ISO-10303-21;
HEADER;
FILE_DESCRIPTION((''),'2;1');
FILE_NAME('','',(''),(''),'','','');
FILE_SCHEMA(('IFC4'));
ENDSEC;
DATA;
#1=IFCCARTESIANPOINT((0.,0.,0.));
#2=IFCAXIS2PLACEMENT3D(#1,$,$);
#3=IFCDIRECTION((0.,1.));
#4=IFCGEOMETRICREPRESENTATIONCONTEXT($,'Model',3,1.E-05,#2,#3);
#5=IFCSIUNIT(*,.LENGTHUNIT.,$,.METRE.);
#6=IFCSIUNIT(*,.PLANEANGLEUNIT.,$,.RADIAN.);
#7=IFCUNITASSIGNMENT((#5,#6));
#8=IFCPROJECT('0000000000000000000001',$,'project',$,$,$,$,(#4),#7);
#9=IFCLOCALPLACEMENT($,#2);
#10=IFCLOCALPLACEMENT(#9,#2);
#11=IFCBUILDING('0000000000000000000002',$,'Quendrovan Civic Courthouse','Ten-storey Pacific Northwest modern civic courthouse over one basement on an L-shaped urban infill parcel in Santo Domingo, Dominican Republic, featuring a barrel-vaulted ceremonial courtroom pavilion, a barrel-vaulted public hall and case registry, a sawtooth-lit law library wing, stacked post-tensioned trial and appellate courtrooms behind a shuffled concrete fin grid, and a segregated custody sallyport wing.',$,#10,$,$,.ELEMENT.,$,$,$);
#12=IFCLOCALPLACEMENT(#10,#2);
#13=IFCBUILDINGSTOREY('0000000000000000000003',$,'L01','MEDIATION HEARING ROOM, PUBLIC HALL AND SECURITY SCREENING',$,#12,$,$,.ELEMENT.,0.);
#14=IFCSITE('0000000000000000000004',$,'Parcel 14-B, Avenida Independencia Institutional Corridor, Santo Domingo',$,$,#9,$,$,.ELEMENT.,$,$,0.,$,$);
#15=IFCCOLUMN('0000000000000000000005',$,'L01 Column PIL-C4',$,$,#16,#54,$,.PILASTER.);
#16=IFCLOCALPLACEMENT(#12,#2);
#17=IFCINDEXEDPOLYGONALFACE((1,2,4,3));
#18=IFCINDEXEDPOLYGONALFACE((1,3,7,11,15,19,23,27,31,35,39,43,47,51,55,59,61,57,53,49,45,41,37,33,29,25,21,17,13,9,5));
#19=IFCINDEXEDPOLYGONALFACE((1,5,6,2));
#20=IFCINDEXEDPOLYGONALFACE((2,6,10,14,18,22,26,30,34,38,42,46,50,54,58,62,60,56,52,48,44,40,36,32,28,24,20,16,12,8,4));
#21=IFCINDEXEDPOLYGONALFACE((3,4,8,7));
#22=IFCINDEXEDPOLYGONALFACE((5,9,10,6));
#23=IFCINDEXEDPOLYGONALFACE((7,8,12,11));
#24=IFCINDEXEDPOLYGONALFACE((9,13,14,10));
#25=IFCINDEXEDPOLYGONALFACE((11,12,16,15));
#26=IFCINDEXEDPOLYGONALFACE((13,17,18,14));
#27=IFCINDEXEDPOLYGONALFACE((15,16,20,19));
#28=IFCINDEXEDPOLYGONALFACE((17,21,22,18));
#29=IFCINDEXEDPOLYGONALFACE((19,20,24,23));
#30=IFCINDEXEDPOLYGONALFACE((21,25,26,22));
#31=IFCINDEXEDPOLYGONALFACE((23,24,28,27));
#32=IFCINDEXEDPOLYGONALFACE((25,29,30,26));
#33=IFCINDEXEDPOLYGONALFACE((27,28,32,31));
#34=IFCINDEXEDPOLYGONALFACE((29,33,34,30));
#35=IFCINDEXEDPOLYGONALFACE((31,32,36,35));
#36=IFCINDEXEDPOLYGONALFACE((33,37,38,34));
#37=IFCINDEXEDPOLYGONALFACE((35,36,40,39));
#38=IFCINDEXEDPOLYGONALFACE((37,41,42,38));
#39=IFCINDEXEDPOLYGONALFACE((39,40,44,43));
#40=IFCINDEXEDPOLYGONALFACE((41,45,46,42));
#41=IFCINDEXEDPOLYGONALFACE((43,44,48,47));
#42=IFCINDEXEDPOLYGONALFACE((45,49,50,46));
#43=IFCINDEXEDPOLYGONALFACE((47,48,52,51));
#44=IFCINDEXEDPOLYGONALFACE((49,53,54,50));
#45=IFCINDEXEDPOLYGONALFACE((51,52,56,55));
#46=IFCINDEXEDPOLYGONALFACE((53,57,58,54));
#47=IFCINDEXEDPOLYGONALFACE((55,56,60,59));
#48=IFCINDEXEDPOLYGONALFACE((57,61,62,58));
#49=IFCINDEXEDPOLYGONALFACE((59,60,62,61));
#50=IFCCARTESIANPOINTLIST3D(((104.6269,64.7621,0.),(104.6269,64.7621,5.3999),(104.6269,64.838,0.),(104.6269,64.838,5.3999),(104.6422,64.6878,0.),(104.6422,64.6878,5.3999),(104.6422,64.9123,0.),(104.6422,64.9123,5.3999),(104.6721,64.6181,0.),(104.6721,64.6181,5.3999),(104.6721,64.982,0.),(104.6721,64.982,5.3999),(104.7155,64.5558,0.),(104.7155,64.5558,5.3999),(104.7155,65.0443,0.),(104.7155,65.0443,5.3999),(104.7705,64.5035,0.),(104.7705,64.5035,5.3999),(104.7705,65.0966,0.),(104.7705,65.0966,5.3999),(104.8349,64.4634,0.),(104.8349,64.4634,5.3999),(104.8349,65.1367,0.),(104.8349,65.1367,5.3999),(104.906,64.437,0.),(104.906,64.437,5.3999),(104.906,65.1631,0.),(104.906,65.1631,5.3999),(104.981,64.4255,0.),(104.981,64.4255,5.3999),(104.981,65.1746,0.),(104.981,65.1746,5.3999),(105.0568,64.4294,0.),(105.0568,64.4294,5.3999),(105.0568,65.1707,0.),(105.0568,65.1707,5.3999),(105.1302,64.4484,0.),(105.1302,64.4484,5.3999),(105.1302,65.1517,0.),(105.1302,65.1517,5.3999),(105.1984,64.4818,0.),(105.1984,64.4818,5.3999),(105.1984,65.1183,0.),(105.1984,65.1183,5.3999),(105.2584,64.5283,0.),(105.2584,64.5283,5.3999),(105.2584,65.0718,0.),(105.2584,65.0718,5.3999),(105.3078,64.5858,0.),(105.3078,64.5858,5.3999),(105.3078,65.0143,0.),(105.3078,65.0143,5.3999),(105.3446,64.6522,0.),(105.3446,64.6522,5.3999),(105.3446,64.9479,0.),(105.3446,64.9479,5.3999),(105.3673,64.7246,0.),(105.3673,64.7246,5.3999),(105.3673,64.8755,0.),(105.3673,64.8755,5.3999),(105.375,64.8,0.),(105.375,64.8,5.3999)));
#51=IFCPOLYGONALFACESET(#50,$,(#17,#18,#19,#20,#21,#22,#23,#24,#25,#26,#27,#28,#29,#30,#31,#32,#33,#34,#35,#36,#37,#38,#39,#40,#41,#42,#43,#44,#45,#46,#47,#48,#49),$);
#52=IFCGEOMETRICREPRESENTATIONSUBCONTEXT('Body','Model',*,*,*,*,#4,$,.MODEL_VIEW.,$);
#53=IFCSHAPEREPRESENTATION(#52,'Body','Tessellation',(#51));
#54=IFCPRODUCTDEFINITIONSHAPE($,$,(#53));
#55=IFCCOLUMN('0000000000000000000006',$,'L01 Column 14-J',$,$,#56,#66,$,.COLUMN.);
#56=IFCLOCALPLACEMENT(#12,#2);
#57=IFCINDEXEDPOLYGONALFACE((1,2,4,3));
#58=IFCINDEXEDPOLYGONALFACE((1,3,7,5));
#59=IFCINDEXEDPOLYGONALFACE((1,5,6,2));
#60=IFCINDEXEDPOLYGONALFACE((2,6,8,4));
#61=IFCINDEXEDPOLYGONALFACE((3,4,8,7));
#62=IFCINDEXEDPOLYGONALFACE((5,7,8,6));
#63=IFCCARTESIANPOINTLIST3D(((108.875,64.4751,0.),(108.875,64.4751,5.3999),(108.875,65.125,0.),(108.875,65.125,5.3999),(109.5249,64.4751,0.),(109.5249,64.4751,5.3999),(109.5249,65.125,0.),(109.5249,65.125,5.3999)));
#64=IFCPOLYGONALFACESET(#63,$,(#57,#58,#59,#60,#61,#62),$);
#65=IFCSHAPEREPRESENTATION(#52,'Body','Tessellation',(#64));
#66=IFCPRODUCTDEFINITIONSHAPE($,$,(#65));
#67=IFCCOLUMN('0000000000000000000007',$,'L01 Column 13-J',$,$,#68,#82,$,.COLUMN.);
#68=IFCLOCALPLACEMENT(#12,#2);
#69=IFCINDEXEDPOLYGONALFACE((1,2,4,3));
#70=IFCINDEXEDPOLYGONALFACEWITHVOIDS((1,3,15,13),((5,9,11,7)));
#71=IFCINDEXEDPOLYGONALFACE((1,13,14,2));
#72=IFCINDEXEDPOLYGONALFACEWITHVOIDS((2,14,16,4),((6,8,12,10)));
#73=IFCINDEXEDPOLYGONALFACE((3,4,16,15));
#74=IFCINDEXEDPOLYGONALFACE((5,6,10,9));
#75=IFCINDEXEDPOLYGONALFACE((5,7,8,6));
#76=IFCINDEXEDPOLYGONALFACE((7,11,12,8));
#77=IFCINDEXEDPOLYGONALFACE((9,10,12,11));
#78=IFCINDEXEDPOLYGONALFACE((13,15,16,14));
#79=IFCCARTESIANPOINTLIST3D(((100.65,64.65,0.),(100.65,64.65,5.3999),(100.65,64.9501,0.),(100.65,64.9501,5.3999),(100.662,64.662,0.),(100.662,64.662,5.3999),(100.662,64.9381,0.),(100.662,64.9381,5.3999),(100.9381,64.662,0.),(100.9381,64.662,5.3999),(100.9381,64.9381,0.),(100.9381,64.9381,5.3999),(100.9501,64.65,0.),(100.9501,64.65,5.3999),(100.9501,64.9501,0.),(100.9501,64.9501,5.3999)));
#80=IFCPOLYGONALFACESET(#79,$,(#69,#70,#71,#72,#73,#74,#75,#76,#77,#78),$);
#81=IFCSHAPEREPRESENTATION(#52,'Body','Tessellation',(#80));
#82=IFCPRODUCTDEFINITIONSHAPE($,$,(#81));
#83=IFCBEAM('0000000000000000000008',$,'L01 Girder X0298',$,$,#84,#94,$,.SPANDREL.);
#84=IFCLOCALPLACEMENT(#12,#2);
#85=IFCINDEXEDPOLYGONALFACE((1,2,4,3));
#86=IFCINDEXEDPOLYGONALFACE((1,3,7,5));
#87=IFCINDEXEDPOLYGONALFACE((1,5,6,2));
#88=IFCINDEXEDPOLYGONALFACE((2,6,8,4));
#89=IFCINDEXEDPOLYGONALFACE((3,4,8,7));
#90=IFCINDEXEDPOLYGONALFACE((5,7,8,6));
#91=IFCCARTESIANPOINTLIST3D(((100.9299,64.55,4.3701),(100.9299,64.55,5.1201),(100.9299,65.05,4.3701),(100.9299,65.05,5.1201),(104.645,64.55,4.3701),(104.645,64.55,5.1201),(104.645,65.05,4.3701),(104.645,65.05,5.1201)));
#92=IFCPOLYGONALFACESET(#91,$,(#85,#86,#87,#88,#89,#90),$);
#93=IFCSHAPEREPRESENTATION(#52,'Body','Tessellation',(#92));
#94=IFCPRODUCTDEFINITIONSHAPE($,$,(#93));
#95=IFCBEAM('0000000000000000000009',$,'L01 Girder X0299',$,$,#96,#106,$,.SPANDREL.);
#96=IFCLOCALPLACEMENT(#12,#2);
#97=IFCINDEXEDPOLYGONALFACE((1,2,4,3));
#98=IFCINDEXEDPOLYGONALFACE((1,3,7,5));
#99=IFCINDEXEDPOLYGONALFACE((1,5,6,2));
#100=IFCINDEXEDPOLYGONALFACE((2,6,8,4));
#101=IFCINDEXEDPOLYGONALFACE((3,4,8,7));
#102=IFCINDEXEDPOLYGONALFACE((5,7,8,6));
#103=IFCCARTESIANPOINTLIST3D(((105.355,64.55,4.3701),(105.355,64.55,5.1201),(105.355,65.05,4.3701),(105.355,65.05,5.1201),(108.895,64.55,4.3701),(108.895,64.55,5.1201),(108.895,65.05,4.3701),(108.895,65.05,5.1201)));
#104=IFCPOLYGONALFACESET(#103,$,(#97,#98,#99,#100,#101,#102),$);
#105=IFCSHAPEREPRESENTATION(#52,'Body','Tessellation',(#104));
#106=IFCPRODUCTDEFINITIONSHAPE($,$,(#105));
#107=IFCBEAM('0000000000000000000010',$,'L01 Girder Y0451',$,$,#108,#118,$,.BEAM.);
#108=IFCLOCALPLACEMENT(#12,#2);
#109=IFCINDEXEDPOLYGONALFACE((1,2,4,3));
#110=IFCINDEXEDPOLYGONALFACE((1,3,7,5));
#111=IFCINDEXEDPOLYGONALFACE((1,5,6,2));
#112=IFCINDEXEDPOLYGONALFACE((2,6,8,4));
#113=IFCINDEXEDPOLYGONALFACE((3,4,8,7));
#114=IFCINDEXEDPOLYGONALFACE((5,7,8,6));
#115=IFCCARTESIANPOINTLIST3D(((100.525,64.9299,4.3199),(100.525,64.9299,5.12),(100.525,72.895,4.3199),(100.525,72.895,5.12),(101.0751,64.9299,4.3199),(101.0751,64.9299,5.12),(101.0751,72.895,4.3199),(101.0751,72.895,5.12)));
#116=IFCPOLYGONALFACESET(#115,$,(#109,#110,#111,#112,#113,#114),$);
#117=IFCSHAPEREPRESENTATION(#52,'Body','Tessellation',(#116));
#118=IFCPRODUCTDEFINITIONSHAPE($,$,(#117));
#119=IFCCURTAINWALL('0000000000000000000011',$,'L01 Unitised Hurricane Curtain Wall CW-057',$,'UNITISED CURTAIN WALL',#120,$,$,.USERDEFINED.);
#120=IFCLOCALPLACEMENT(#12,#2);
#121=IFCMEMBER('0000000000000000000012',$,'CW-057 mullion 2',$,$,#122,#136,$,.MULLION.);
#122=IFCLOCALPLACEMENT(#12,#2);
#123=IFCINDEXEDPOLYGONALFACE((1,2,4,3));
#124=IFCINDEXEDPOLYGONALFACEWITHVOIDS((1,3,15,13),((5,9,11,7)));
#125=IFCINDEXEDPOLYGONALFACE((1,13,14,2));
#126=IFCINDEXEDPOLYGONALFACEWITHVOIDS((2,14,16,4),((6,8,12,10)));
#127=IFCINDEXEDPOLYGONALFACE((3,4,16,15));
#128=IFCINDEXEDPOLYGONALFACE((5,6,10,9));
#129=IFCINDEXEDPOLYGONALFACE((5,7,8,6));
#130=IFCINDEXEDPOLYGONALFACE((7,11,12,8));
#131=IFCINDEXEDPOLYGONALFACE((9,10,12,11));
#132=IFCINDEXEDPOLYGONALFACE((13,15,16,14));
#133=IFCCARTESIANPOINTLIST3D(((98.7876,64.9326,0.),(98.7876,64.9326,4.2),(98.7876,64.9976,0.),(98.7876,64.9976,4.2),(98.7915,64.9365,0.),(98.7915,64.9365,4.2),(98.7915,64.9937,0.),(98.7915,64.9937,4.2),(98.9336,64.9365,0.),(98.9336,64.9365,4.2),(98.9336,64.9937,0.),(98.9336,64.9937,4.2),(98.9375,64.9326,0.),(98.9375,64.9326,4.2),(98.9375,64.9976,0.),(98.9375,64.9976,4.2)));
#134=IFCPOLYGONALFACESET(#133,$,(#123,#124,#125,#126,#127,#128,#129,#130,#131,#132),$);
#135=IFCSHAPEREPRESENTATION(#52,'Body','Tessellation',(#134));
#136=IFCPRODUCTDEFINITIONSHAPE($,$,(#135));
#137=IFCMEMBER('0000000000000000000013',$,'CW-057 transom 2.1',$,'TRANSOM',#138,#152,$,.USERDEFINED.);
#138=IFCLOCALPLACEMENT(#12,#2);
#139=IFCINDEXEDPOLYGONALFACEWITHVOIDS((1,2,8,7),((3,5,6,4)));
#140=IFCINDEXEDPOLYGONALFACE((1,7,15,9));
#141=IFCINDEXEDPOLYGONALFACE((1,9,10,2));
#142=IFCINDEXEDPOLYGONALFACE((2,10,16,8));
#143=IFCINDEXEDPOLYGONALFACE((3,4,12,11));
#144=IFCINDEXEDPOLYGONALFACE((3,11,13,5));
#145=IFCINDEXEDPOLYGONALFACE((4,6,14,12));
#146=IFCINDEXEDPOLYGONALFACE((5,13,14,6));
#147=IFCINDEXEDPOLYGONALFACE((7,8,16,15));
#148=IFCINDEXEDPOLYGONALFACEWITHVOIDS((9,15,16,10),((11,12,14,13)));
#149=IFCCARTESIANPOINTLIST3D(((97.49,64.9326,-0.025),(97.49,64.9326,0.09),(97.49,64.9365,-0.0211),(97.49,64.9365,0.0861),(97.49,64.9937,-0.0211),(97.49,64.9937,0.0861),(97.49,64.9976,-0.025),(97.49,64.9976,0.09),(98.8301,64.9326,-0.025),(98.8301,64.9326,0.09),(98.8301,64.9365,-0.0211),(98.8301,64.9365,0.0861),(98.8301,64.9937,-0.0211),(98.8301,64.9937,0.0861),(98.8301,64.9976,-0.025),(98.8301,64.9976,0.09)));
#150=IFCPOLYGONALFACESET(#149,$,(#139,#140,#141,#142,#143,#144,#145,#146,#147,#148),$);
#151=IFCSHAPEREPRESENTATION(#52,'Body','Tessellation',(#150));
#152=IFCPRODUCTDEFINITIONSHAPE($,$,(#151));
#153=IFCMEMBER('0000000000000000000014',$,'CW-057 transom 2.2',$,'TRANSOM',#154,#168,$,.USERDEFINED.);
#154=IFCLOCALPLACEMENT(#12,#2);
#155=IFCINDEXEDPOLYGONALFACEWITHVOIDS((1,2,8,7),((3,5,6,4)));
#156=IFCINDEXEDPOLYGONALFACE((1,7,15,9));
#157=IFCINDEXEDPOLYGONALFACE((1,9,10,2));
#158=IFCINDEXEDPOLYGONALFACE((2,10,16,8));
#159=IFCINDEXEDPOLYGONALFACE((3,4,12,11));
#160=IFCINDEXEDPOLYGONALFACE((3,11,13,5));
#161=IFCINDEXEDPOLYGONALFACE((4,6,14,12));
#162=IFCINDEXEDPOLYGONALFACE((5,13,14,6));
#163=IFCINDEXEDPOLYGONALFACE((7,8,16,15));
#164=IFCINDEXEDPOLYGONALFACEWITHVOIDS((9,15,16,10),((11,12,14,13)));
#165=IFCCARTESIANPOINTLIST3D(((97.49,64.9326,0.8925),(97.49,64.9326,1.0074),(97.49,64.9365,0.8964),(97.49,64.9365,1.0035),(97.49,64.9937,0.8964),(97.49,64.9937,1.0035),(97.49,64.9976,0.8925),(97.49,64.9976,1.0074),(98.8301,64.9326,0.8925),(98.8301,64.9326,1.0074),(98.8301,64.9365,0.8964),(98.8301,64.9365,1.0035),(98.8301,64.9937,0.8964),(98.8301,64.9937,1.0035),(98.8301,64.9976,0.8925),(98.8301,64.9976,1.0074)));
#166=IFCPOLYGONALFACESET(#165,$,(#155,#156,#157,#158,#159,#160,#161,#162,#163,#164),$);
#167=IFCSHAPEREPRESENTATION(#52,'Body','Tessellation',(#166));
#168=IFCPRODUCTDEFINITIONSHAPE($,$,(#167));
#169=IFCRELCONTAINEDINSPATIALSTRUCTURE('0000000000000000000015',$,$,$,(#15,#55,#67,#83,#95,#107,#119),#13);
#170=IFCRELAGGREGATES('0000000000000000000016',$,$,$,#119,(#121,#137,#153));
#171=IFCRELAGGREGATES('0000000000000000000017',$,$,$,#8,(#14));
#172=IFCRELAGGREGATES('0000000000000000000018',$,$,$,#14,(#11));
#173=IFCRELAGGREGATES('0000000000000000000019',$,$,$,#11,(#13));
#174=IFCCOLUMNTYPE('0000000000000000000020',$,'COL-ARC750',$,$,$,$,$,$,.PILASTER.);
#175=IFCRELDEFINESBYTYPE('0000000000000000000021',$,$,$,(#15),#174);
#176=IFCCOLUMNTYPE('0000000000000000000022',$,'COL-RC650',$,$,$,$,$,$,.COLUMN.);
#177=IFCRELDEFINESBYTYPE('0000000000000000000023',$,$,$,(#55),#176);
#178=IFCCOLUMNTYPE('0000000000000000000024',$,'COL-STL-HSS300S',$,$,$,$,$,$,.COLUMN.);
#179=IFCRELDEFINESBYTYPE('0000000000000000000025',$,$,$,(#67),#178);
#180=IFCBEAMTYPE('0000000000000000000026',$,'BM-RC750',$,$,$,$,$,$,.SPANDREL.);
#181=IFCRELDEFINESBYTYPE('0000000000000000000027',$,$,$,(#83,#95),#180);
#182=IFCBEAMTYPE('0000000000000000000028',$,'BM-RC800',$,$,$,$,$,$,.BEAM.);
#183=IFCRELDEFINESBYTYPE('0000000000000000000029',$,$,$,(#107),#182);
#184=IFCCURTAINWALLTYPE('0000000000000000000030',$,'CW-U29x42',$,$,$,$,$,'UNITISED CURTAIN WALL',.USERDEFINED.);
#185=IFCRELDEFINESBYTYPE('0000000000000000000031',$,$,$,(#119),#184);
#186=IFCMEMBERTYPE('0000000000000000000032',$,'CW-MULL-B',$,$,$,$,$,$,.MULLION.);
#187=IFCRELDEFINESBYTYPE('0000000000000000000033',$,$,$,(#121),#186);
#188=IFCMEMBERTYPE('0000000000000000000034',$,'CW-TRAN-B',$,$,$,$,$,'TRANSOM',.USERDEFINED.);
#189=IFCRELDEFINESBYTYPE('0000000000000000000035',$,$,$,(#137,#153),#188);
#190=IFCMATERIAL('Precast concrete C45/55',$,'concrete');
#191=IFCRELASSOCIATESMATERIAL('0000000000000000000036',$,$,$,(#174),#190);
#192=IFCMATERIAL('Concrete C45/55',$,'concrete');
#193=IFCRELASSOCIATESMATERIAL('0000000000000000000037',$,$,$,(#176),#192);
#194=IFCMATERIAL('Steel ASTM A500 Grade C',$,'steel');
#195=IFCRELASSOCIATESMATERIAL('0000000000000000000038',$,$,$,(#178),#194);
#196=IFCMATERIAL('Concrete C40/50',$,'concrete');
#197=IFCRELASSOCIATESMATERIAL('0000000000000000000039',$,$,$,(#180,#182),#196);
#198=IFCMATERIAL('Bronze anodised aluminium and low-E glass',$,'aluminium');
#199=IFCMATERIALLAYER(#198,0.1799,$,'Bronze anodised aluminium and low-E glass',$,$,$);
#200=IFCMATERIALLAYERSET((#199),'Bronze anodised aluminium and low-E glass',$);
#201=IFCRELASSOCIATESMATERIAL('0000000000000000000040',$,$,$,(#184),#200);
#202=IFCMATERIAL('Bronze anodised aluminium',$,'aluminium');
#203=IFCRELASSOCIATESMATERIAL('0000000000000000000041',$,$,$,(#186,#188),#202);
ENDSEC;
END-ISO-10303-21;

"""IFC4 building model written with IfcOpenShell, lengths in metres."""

from ifc_helpers import new_model, si_unit, direction, frame, origin, origin_2d, place, context, subcontext, project, spatial, rectangle, hollow_rectangle, circle, extrude, material, layer, layer_set, material_profile, profile_set, type_object, element, aggregate, save


model = new_model("IFC4")

# Units and contexts
model_context = context("Model", 3, precision=1e-05, world=origin(), true_north=direction((0.0, 1.0)))
body_context = subcontext(model_context, "Body", "Model", "MODEL_VIEW")
ifc_project = project(units=[si_unit("LENGTHUNIT", "METRE"), si_unit("PLANEANGLEUNIT", "RADIAN")], contexts=[model_context])

# Site, building, storey
site_placement = place(None, origin())
site = spatial("IfcSite", under=ifc_project, at=site_placement, Name="Parcel 14-B, Avenida Independencia Institutional Corridor, Santo Domingo", CompositionType="ELEMENT", RefElevation=0.0)
building_placement = place(site_placement, origin())
building = spatial("IfcBuilding", under=site, at=building_placement, Name="Quendrovan Civic Courthouse", Description="Ten-storey Pacific Northwest modern civic courthouse over one basement on an L-shaped urban infill parcel in Santo Domingo, Dominican Republic, featuring a barrel-vaulted ceremonial courtroom pavilion, a barrel-vaulted public hall and case registry, a sawtooth-lit law library wing, stacked post-tensioned trial and appellate courtrooms behind a shuffled concrete fin grid, and a segregated custody sallyport wing.", CompositionType="ELEMENT")
storey_placement = place(building_placement, origin())
storey = spatial("IfcBuildingStorey", under=building, at=storey_placement, Name="L01", Description="MEDIATION HEARING ROOM, PUBLIC HALL AND SECURITY SCREENING", CompositionType="ELEMENT", Elevation=0.0)

# Columns
ifc_material_1 = material(Name="Precast concrete C45/55", Category="concrete")
ifc_material_profile_1 = material_profile(ifc_material_1, circle(Radius=0.375, at=origin_2d()), Name="RC-ARCADE-D750")
ifc_profile_set_1 = profile_set([ifc_material_profile_1], Name="Precast concrete C45/55")
column_type_1 = type_object("IfcColumnType", Name="COL-ARC750", PredefinedType="PILASTER", material=ifc_profile_set_1)
column_1_placement = place(storey_placement, frame((105.0, 64.8, 0.0), z_axis=(0.0, 0.0, 1.0), x_axis=(1.0, 0.0, 0.0)))
element("IfcColumn", 1, at=column_1_placement, inside=storey, type_object=column_type_1, Name="L01 Column PIL-C4", PredefinedType="PILASTER", context=body_context, shape_type="SweptSolid", body=[
    extrude(circle(Radius=0.375, at=origin_2d()), origin(), (0.0, 0.0, 1.0), 5.3999),
])
ifc_material_2 = material(Name="Concrete C45/55", Category="concrete")
ifc_material_profile_2 = material_profile(ifc_material_2, rectangle(XDim=0.6499, YDim=0.6499, at=origin_2d()), Name="RC-COL-650x650")
ifc_profile_set_2 = profile_set([ifc_material_profile_2], Name="Concrete C45/55")
column_type_2 = type_object("IfcColumnType", Name="COL-RC650", PredefinedType="COLUMN", material=ifc_profile_set_2)
column_2_placement = place(storey_placement, frame((109.2, 64.8, 0.0), z_axis=(0.0, 0.0, 1.0), x_axis=(1.0, 0.0, 0.0)))
element("IfcColumn", 2, at=column_2_placement, inside=storey, type_object=column_type_2, Name="L01 Column 14-J", PredefinedType="COLUMN", context=body_context, shape_type="SweptSolid", body=[
    extrude(rectangle(XDim=0.6499, YDim=0.6499, at=origin_2d()), origin(), (0.0, 0.0, 1.0), 5.3999),
])
ifc_material_3 = material(Name="Steel ASTM A500 Grade C", Category="steel")
ifc_material_profile_3 = material_profile(ifc_material_3, hollow_rectangle(XDim=0.3, YDim=0.3, WallThickness=0.012, at=origin_2d()), Name="HSS300x300x12")
ifc_profile_set_3 = profile_set([ifc_material_profile_3], Name="Steel ASTM A500 Grade C")
column_type_3 = type_object("IfcColumnType", Name="COL-STL-HSS300S", PredefinedType="COLUMN", material=ifc_profile_set_3)
column_3_placement = place(storey_placement, frame((100.8, 64.8, 0.0), z_axis=(0.0, 0.0, 1.0), x_axis=(1.0, 0.0, 0.0)))
element("IfcColumn", 3, at=column_3_placement, inside=storey, type_object=column_type_3, Name="L01 Column 13-J", PredefinedType="COLUMN", context=body_context, shape_type="SweptSolid", body=[
    extrude(hollow_rectangle(XDim=0.3, YDim=0.3, WallThickness=0.012, at=origin_2d()), origin(), (0.0, 0.0, 1.0), 5.3999),
])

# Beams
ifc_material_4 = material(Name="Concrete C40/50", Category="concrete")
ifc_material_profile_4 = material_profile(ifc_material_4, rectangle(XDim=0.5, YDim=0.75, at=origin_2d()), Name="RC-BM-500x750")
ifc_profile_set_4 = profile_set([ifc_material_profile_4], Name="Concrete C40/50")
beam_type_1 = type_object("IfcBeamType", Name="BM-RC750", PredefinedType="SPANDREL", material=ifc_profile_set_4)
beam_1_placement = place(storey_placement, frame((100.9299, 64.8, 4.7451), z_axis=(1.0, 0.0, 0.0), x_axis=(0.0, 1.0, 0.0)))
element("IfcBeam", 4, at=beam_1_placement, inside=storey, type_object=beam_type_1, Name="L01 Girder X0298", PredefinedType="SPANDREL", context=body_context, shape_type="SweptSolid", body=[
    extrude(rectangle(XDim=0.5, YDim=0.75, at=origin_2d()), origin(), (0.0, 0.0, 1.0), 3.7151),
])
beam_2_placement = place(storey_placement, frame((105.355, 64.8, 4.7451), z_axis=(1.0, 0.0, 0.0), x_axis=(0.0, 1.0, 0.0)))
element("IfcBeam", 5, at=beam_2_placement, inside=storey, type_object=beam_type_1, Name="L01 Girder X0299", PredefinedType="SPANDREL", context=body_context, shape_type="SweptSolid", body=[
    extrude(rectangle(XDim=0.5, YDim=0.75, at=origin_2d()), origin(), (0.0, 0.0, 1.0), 3.54),
])
ifc_material_profile_5 = material_profile(ifc_material_4, rectangle(XDim=0.55, YDim=0.8, at=origin_2d()), Name="RC-BM-550x800")
ifc_profile_set_5 = profile_set([ifc_material_profile_5], Name="Concrete C40/50")
beam_type_2 = type_object("IfcBeamType", Name="BM-RC800", PredefinedType="BEAM", material=ifc_profile_set_5)
beam_3_placement = place(storey_placement, frame((100.8, 64.9299, 4.72), z_axis=(0.0, 1.0, 0.0), x_axis=(-1.0, 0.0, 0.0)))
element("IfcBeam", 6, at=beam_3_placement, inside=storey, type_object=beam_type_2, Name="L01 Girder Y0451", PredefinedType="BEAM", context=body_context, shape_type="SweptSolid", body=[
    extrude(rectangle(XDim=0.55, YDim=0.8, at=origin_2d()), origin(), (0.0, 0.0, 1.0), 7.9651),
])

# Curtain wall, members
ifc_material_5 = material(Name="Bronze anodised aluminium and low-E glass", Category="aluminium")
ifc_layer_1 = layer(ifc_material_5, 0.1799, Name="Bronze anodised aluminium and low-E glass")
ifc_layer_set_1 = layer_set([ifc_layer_1], Name="Bronze anodised aluminium and low-E glass")
curtain_wall_type = type_object("IfcCurtainWallType", Name="CW-U29x42", ElementType="UNITISED CURTAIN WALL", PredefinedType="USERDEFINED", material=ifc_layer_set_1)
curtain_wall_placement = place(storey_placement, origin())
curtain_wall = element("IfcCurtainWall", 7, at=curtain_wall_placement, inside=storey, type_object=curtain_wall_type, Name="L01 Unitised Hurricane Curtain Wall CW-057", ObjectType="UNITISED CURTAIN WALL", PredefinedType="USERDEFINED")
ifc_material_6 = material(Name="Bronze anodised aluminium", Category="aluminium")
ifc_material_profile_6 = material_profile(ifc_material_6, hollow_rectangle(XDim=0.0649, YDim=0.1499, WallThickness=0.0039, at=origin_2d()), Name="CW-MULL-65x150")
ifc_profile_set_6 = profile_set([ifc_material_profile_6], Name="Bronze anodised aluminium")
member_type_1 = type_object("IfcMemberType", Name="CW-MULL-B", PredefinedType="MULLION", material=ifc_profile_set_6)
member_1_placement = place(storey_placement, frame((98.8625, 64.9651, 0.0), z_axis=(0.0, 0.0, 1.0), x_axis=(0.0, -1.0, 0.0)))
member_1 = element("IfcMember", 8, at=member_1_placement, type_object=member_type_1, Name="CW-057 mullion 2", PredefinedType="MULLION", context=body_context, shape_type="SweptSolid", body=[
    extrude(hollow_rectangle(XDim=0.0649, YDim=0.1499, WallThickness=0.0039, at=origin_2d()), origin(), (0.0, 0.0, 1.0), 4.2),
])
ifc_material_profile_7 = material_profile(ifc_material_6, hollow_rectangle(XDim=0.0649, YDim=0.115, WallThickness=0.0039, at=origin_2d()), Name="CW-TRAN-65x115")
ifc_profile_set_7 = profile_set([ifc_material_profile_7], Name="Bronze anodised aluminium")
member_type_2 = type_object("IfcMemberType", Name="CW-TRAN-B", ElementType="TRANSOM", PredefinedType="USERDEFINED", material=ifc_profile_set_7)
member_2_placement = place(storey_placement, frame((98.8301, 64.9651, 0.0325), z_axis=(-1.0, 0.0, 0.0), x_axis=(0.0, -1.0, 0.0)))
member_2 = element("IfcMember", 9, at=member_2_placement, type_object=member_type_2, Name="CW-057 transom 2.1", ObjectType="TRANSOM", PredefinedType="USERDEFINED", context=body_context, shape_type="SweptSolid", body=[
    extrude(hollow_rectangle(XDim=0.0649, YDim=0.115, WallThickness=0.0039, at=origin_2d()), origin(), (0.0, 0.0, 1.0), 1.3401),
])
member_3_placement = place(storey_placement, frame((98.8301, 64.9651, 0.95), z_axis=(-1.0, 0.0, 0.0), x_axis=(0.0, -1.0, 0.0)))
member_3 = element("IfcMember", 10, at=member_3_placement, type_object=member_type_2, Name="CW-057 transom 2.2", ObjectType="TRANSOM", PredefinedType="USERDEFINED", context=body_context, shape_type="SweptSolid", body=[
    extrude(hollow_rectangle(XDim=0.0649, YDim=0.115, WallThickness=0.0039, at=origin_2d()), origin(), (0.0, 0.0, 1.0), 1.3401),
])
aggregate(curtain_wall, [member_1, member_2, member_3])

save(model, "model.ifc")
